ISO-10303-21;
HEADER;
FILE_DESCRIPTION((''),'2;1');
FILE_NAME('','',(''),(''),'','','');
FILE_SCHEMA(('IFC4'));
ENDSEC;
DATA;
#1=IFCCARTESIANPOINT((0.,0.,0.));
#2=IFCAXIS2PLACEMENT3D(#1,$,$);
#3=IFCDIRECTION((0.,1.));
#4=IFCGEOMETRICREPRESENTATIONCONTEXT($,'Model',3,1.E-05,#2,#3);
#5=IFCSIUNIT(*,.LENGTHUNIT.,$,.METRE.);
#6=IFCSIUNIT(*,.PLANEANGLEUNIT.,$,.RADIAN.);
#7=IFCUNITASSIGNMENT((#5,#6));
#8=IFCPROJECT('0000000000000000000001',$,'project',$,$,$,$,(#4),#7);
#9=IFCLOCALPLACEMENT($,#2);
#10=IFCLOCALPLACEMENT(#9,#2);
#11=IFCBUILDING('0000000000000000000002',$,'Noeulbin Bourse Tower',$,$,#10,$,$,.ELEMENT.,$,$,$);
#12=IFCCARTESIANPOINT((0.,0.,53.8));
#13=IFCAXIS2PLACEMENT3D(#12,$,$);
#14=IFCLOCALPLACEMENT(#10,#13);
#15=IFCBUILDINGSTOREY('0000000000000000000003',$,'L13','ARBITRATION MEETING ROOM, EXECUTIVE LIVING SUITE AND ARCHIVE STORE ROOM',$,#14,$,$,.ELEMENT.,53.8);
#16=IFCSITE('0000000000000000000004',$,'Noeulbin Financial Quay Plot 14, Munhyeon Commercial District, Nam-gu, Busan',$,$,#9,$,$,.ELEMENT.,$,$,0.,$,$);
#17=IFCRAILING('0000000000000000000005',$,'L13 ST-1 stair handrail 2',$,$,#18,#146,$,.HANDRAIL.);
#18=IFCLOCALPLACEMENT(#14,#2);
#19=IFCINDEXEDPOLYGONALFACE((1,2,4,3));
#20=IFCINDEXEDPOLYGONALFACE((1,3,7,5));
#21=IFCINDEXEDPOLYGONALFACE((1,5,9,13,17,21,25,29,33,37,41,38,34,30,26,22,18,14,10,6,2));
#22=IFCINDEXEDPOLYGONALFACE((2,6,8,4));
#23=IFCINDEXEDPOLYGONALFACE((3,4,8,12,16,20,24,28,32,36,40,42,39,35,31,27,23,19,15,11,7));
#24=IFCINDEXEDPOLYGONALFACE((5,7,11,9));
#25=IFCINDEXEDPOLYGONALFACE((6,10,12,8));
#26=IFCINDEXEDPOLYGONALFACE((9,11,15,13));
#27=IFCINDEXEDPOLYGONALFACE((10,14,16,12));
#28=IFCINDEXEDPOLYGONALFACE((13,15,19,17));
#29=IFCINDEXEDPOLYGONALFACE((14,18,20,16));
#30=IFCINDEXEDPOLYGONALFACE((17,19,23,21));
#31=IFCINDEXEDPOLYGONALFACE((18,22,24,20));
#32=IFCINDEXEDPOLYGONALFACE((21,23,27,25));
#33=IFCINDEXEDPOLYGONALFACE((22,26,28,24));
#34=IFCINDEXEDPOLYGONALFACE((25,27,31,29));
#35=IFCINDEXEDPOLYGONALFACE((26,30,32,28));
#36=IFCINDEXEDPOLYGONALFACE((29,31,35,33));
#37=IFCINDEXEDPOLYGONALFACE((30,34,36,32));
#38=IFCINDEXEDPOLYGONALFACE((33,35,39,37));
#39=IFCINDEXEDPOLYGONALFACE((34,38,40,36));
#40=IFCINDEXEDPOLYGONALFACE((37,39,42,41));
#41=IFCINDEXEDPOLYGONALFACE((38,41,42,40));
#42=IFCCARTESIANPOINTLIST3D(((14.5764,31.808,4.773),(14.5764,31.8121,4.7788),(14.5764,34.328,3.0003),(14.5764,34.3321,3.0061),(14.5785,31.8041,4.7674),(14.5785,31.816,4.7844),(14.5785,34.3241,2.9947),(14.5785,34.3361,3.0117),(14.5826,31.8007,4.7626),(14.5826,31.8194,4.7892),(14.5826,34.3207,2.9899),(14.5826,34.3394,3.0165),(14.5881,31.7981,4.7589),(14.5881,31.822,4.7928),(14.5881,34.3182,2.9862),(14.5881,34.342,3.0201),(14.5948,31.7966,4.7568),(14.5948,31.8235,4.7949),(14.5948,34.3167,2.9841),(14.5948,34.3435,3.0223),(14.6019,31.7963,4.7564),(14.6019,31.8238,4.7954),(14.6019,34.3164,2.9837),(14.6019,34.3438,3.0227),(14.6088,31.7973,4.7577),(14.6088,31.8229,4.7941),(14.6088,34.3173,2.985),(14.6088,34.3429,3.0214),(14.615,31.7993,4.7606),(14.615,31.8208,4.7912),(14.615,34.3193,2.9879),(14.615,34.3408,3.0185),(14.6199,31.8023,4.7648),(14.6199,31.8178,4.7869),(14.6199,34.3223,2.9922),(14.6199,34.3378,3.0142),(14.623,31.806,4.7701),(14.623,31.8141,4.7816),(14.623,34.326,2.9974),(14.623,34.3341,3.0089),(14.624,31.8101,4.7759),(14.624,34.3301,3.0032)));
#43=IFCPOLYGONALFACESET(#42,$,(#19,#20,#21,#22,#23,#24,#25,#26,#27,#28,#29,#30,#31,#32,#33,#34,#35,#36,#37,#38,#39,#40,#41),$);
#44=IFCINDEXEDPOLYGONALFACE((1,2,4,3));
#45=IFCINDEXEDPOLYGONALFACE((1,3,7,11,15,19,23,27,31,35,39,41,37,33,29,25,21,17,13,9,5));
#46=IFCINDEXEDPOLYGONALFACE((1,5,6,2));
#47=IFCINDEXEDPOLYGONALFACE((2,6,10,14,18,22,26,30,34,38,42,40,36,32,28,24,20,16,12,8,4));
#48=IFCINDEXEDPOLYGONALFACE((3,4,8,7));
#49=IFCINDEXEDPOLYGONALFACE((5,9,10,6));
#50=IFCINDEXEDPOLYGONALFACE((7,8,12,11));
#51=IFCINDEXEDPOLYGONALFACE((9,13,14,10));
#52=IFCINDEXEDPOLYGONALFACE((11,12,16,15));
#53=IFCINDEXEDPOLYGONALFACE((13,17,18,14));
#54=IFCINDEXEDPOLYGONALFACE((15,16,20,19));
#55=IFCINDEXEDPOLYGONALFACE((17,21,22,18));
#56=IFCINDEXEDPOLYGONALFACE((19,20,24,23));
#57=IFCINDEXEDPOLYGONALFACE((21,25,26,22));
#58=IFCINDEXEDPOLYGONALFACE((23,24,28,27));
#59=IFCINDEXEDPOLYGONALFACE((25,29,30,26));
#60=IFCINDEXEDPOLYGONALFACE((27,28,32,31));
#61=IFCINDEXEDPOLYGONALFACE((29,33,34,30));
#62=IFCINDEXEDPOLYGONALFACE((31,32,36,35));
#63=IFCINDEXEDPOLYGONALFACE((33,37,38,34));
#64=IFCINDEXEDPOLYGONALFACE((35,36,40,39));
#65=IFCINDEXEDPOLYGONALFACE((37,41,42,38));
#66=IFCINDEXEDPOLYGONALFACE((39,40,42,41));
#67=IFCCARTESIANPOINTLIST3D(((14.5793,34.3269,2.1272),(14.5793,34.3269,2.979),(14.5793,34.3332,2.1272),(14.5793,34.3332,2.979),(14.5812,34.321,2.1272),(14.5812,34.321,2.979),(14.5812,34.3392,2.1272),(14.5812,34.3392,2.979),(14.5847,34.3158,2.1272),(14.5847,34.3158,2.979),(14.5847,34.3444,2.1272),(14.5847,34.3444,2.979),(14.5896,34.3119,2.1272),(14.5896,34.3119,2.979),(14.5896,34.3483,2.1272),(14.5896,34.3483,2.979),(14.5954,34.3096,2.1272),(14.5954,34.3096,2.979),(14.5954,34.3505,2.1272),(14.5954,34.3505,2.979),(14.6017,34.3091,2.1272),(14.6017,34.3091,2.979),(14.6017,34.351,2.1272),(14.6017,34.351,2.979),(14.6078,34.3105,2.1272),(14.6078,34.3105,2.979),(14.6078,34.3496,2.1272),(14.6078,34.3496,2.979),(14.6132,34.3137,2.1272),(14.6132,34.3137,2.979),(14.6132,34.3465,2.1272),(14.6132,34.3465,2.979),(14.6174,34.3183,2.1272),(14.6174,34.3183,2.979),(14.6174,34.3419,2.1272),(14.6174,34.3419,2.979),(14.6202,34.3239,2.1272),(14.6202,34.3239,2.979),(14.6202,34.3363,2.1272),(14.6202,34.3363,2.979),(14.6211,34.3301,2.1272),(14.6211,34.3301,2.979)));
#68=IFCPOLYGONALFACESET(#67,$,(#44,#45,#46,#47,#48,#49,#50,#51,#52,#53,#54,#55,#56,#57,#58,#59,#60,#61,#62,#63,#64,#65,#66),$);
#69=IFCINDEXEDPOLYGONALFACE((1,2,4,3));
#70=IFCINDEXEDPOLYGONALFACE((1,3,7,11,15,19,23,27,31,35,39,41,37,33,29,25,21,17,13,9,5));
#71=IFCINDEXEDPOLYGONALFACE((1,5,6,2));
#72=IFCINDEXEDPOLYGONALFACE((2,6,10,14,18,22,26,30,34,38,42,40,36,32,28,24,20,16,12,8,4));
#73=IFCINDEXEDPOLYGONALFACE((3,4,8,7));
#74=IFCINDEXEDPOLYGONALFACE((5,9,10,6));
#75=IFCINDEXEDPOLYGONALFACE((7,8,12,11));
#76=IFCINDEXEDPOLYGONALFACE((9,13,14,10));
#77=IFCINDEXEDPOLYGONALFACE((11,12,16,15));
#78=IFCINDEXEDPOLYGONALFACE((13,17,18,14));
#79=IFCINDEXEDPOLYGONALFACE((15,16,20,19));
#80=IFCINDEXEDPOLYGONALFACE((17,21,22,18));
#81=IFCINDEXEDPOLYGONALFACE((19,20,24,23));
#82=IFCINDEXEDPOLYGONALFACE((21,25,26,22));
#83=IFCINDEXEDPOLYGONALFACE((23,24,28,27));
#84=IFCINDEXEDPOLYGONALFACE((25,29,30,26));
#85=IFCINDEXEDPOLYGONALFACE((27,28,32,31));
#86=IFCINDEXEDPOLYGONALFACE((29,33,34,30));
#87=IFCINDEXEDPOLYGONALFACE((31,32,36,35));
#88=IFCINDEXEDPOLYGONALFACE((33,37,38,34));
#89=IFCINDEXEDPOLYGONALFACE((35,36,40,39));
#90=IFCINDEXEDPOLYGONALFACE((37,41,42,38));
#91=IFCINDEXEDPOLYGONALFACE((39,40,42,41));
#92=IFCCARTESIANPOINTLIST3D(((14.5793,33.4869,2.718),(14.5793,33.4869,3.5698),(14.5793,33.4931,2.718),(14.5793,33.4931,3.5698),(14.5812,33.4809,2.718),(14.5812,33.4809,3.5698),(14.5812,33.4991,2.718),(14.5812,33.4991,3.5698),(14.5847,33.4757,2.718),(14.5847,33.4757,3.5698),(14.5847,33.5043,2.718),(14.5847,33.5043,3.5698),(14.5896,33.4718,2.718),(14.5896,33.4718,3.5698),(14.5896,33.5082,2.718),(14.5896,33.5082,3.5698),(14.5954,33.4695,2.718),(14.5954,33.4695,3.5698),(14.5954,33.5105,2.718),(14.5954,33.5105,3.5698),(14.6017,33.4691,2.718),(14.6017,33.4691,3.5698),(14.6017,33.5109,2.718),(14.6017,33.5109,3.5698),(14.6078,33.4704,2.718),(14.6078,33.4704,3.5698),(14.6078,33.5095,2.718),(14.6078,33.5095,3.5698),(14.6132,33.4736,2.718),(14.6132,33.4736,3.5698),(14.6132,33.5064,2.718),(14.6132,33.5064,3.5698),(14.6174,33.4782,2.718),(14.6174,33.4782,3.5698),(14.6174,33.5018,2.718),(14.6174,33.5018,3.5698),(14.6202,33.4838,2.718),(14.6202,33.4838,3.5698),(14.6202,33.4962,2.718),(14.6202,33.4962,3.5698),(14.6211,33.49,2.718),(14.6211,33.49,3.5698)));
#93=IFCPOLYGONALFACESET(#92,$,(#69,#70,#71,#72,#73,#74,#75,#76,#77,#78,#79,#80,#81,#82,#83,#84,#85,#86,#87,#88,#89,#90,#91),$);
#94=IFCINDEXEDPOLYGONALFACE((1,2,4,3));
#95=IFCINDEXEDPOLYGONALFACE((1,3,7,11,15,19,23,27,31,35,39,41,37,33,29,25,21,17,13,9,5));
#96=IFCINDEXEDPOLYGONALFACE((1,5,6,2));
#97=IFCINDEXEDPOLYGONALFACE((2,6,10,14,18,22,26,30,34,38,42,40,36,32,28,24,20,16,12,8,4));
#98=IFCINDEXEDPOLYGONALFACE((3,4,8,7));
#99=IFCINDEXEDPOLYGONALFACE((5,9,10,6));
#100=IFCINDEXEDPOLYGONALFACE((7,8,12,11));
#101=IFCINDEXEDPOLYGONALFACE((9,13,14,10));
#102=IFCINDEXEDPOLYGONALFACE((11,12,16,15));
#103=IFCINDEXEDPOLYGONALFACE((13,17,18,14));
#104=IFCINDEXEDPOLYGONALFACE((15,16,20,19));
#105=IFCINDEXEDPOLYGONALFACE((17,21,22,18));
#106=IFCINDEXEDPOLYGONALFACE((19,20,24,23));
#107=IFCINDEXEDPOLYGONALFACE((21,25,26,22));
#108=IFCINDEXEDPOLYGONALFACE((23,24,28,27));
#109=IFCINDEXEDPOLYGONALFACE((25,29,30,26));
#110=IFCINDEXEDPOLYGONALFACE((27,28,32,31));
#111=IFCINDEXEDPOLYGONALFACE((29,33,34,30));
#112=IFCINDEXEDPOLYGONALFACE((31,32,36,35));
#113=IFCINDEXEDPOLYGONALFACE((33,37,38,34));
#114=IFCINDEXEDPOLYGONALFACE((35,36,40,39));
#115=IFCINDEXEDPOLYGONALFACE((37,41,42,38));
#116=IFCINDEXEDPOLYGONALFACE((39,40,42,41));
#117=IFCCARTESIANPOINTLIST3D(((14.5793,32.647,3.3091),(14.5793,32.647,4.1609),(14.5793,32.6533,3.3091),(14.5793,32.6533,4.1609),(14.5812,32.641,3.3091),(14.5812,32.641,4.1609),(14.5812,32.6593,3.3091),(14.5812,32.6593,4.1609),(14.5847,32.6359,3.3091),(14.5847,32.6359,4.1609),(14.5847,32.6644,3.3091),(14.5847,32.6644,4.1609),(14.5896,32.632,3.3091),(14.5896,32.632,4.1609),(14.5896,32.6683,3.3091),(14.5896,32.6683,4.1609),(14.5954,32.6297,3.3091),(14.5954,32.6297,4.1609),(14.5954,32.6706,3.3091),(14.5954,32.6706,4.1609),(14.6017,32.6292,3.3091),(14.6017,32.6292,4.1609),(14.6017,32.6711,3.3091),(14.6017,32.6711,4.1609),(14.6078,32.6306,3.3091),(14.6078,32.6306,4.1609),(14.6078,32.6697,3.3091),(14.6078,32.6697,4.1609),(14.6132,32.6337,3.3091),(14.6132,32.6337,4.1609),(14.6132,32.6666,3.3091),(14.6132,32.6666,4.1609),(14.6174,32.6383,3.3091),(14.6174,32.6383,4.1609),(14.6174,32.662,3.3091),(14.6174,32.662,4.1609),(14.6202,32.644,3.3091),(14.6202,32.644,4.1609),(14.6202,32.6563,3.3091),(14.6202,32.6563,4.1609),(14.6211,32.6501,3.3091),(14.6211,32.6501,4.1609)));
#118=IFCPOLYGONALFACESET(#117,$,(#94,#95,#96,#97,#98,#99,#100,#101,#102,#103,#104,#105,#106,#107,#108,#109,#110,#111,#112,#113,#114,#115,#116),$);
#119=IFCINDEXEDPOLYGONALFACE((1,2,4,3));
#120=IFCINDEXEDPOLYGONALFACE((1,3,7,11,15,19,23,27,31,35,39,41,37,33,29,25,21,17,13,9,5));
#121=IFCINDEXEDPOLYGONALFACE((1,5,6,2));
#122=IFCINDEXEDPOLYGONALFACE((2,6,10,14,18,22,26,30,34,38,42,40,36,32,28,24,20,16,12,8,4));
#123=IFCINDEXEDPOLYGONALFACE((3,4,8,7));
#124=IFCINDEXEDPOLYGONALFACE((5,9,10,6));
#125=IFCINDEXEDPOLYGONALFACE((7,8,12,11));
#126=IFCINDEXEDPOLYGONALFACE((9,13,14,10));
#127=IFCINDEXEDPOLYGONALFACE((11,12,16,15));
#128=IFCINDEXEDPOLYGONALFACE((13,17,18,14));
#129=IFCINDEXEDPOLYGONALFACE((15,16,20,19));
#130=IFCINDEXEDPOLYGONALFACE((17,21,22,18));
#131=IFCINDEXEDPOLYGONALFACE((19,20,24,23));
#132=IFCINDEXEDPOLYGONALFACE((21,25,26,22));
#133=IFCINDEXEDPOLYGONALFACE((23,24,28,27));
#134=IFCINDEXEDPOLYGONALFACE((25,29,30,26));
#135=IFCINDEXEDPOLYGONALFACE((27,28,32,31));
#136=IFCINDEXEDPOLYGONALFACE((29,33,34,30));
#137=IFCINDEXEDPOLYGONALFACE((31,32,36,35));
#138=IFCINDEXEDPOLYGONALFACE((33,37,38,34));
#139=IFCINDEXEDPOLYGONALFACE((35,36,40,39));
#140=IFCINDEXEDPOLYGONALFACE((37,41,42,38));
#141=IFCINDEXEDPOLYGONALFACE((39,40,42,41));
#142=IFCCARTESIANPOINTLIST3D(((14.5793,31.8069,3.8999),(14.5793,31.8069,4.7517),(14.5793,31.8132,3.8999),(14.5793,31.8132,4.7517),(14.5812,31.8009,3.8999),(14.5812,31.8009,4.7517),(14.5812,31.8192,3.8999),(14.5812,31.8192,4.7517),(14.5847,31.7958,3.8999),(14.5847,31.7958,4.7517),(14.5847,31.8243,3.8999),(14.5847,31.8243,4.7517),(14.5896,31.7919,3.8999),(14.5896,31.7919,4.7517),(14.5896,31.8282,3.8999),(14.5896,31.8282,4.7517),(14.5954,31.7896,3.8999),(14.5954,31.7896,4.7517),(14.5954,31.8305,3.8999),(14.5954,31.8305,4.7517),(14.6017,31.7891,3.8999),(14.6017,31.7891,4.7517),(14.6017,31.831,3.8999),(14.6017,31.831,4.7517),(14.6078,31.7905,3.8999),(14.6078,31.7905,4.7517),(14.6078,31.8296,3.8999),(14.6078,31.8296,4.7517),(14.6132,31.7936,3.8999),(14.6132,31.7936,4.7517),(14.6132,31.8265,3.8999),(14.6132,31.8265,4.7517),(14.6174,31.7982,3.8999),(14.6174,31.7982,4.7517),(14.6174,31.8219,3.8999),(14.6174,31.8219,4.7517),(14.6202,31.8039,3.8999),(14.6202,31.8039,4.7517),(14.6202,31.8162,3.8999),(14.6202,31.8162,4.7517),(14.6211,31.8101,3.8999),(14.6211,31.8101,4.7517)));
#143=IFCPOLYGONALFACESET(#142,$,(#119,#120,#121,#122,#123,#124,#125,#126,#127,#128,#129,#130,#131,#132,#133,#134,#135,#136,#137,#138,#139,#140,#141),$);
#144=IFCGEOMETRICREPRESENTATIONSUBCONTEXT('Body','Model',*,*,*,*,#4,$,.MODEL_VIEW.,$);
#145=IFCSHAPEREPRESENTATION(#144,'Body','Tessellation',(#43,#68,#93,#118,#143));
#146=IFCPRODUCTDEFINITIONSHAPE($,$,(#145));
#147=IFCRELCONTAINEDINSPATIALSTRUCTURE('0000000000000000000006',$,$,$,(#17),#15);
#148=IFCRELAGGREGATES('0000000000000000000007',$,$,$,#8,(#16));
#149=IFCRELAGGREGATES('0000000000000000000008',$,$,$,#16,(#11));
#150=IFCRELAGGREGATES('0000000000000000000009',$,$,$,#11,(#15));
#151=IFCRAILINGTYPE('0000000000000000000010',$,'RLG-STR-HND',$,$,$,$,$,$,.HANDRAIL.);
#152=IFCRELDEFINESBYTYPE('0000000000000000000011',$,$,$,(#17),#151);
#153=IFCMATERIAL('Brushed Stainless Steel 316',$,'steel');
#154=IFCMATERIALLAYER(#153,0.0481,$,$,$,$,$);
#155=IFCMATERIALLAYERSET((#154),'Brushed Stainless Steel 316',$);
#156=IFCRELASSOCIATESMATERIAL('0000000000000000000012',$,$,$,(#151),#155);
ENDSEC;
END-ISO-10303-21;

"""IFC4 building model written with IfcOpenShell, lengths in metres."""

from ifc_helpers import new_model, si_unit, direction, frame, origin, origin_2d, place, context, subcontext, project, spatial, circle, extrude, material, layer, layer_set, type_object, element, save


model = new_model("IFC4")

# Units and contexts
model_context = context("Model", 3, precision=1e-05, world=origin(), true_north=direction((0.0, 1.0)))
body_context = subcontext(model_context, "Body", "Model", "MODEL_VIEW")
ifc_project = project(units=[si_unit("LENGTHUNIT", "METRE"), si_unit("PLANEANGLEUNIT", "RADIAN")], contexts=[model_context])

# Site, building, storey
site_placement = place(None, origin())
site = spatial("IfcSite", under=ifc_project, at=site_placement, Name="Noeulbin Financial Quay Plot 14, Munhyeon Commercial District, Nam-gu, Busan", CompositionType="ELEMENT", RefElevation=0.0)
building_placement = place(site_placement, origin())
building = spatial("IfcBuilding", under=site, at=building_placement, Name="Noeulbin Bourse Tower", CompositionType="ELEMENT")
storey_placement = place(building_placement, frame((0.0, 0.0, 53.8)))
storey = spatial("IfcBuildingStorey", under=building, at=storey_placement, Name="L13", Description="ARBITRATION MEETING ROOM, EXECUTIVE LIVING SUITE AND ARCHIVE STORE ROOM", CompositionType="ELEMENT", Elevation=53.8)

# Shared definitions
ifc_material_1 = material(Name="Brushed Stainless Steel 316", Category="steel")

# Railing
ifc_layer_1 = layer(ifc_material_1, 0.0481)
ifc_layer_set_1 = layer_set([ifc_layer_1], Name="Brushed Stainless Steel 316")
railing_type_1 = type_object("IfcRailingType", Name="RLG-STR-HND", PredefinedType="HANDRAIL", material=ifc_layer_set_1)
railing_1_placement = place(storey_placement, frame((14.6001, 34.3301, 2.1272)))
element("IfcRailing", 1, at=railing_1_placement, inside=storey, type_object=railing_type_1, Name="L13 ST-1 stair handrail 2", PredefinedType="HANDRAIL", context=body_context, shape_type="SweptSolid", body=[
    extrude(circle(Radius=0.0239, at=origin_2d()), frame((0.0, 0.0, 0.876), z_axis=(0.0, -0.817904, 0.575354), x_axis=(1.0, 0.0, 0.0)), (0.0, 0.0, 1.0), 3.0811),
    extrude(circle(Radius=0.021, at=origin_2d()), origin(), (0.0, 0.0, 1.0), 0.8518),
    extrude(circle(Radius=0.021, at=origin_2d()), frame((0.0, -0.8401, 0.5908)), (0.0, 0.0, 1.0), 0.8518),
    extrude(circle(Radius=0.021, at=origin_2d()), frame((0.0, -1.6799, 1.1819)), (0.0, 0.0, 1.0), 0.8518),
    extrude(circle(Radius=0.021, at=origin_2d()), frame((0.0, -2.52, 1.7727)), (0.0, 0.0, 1.0), 0.8518),
])

save(model, "model.ifc")
